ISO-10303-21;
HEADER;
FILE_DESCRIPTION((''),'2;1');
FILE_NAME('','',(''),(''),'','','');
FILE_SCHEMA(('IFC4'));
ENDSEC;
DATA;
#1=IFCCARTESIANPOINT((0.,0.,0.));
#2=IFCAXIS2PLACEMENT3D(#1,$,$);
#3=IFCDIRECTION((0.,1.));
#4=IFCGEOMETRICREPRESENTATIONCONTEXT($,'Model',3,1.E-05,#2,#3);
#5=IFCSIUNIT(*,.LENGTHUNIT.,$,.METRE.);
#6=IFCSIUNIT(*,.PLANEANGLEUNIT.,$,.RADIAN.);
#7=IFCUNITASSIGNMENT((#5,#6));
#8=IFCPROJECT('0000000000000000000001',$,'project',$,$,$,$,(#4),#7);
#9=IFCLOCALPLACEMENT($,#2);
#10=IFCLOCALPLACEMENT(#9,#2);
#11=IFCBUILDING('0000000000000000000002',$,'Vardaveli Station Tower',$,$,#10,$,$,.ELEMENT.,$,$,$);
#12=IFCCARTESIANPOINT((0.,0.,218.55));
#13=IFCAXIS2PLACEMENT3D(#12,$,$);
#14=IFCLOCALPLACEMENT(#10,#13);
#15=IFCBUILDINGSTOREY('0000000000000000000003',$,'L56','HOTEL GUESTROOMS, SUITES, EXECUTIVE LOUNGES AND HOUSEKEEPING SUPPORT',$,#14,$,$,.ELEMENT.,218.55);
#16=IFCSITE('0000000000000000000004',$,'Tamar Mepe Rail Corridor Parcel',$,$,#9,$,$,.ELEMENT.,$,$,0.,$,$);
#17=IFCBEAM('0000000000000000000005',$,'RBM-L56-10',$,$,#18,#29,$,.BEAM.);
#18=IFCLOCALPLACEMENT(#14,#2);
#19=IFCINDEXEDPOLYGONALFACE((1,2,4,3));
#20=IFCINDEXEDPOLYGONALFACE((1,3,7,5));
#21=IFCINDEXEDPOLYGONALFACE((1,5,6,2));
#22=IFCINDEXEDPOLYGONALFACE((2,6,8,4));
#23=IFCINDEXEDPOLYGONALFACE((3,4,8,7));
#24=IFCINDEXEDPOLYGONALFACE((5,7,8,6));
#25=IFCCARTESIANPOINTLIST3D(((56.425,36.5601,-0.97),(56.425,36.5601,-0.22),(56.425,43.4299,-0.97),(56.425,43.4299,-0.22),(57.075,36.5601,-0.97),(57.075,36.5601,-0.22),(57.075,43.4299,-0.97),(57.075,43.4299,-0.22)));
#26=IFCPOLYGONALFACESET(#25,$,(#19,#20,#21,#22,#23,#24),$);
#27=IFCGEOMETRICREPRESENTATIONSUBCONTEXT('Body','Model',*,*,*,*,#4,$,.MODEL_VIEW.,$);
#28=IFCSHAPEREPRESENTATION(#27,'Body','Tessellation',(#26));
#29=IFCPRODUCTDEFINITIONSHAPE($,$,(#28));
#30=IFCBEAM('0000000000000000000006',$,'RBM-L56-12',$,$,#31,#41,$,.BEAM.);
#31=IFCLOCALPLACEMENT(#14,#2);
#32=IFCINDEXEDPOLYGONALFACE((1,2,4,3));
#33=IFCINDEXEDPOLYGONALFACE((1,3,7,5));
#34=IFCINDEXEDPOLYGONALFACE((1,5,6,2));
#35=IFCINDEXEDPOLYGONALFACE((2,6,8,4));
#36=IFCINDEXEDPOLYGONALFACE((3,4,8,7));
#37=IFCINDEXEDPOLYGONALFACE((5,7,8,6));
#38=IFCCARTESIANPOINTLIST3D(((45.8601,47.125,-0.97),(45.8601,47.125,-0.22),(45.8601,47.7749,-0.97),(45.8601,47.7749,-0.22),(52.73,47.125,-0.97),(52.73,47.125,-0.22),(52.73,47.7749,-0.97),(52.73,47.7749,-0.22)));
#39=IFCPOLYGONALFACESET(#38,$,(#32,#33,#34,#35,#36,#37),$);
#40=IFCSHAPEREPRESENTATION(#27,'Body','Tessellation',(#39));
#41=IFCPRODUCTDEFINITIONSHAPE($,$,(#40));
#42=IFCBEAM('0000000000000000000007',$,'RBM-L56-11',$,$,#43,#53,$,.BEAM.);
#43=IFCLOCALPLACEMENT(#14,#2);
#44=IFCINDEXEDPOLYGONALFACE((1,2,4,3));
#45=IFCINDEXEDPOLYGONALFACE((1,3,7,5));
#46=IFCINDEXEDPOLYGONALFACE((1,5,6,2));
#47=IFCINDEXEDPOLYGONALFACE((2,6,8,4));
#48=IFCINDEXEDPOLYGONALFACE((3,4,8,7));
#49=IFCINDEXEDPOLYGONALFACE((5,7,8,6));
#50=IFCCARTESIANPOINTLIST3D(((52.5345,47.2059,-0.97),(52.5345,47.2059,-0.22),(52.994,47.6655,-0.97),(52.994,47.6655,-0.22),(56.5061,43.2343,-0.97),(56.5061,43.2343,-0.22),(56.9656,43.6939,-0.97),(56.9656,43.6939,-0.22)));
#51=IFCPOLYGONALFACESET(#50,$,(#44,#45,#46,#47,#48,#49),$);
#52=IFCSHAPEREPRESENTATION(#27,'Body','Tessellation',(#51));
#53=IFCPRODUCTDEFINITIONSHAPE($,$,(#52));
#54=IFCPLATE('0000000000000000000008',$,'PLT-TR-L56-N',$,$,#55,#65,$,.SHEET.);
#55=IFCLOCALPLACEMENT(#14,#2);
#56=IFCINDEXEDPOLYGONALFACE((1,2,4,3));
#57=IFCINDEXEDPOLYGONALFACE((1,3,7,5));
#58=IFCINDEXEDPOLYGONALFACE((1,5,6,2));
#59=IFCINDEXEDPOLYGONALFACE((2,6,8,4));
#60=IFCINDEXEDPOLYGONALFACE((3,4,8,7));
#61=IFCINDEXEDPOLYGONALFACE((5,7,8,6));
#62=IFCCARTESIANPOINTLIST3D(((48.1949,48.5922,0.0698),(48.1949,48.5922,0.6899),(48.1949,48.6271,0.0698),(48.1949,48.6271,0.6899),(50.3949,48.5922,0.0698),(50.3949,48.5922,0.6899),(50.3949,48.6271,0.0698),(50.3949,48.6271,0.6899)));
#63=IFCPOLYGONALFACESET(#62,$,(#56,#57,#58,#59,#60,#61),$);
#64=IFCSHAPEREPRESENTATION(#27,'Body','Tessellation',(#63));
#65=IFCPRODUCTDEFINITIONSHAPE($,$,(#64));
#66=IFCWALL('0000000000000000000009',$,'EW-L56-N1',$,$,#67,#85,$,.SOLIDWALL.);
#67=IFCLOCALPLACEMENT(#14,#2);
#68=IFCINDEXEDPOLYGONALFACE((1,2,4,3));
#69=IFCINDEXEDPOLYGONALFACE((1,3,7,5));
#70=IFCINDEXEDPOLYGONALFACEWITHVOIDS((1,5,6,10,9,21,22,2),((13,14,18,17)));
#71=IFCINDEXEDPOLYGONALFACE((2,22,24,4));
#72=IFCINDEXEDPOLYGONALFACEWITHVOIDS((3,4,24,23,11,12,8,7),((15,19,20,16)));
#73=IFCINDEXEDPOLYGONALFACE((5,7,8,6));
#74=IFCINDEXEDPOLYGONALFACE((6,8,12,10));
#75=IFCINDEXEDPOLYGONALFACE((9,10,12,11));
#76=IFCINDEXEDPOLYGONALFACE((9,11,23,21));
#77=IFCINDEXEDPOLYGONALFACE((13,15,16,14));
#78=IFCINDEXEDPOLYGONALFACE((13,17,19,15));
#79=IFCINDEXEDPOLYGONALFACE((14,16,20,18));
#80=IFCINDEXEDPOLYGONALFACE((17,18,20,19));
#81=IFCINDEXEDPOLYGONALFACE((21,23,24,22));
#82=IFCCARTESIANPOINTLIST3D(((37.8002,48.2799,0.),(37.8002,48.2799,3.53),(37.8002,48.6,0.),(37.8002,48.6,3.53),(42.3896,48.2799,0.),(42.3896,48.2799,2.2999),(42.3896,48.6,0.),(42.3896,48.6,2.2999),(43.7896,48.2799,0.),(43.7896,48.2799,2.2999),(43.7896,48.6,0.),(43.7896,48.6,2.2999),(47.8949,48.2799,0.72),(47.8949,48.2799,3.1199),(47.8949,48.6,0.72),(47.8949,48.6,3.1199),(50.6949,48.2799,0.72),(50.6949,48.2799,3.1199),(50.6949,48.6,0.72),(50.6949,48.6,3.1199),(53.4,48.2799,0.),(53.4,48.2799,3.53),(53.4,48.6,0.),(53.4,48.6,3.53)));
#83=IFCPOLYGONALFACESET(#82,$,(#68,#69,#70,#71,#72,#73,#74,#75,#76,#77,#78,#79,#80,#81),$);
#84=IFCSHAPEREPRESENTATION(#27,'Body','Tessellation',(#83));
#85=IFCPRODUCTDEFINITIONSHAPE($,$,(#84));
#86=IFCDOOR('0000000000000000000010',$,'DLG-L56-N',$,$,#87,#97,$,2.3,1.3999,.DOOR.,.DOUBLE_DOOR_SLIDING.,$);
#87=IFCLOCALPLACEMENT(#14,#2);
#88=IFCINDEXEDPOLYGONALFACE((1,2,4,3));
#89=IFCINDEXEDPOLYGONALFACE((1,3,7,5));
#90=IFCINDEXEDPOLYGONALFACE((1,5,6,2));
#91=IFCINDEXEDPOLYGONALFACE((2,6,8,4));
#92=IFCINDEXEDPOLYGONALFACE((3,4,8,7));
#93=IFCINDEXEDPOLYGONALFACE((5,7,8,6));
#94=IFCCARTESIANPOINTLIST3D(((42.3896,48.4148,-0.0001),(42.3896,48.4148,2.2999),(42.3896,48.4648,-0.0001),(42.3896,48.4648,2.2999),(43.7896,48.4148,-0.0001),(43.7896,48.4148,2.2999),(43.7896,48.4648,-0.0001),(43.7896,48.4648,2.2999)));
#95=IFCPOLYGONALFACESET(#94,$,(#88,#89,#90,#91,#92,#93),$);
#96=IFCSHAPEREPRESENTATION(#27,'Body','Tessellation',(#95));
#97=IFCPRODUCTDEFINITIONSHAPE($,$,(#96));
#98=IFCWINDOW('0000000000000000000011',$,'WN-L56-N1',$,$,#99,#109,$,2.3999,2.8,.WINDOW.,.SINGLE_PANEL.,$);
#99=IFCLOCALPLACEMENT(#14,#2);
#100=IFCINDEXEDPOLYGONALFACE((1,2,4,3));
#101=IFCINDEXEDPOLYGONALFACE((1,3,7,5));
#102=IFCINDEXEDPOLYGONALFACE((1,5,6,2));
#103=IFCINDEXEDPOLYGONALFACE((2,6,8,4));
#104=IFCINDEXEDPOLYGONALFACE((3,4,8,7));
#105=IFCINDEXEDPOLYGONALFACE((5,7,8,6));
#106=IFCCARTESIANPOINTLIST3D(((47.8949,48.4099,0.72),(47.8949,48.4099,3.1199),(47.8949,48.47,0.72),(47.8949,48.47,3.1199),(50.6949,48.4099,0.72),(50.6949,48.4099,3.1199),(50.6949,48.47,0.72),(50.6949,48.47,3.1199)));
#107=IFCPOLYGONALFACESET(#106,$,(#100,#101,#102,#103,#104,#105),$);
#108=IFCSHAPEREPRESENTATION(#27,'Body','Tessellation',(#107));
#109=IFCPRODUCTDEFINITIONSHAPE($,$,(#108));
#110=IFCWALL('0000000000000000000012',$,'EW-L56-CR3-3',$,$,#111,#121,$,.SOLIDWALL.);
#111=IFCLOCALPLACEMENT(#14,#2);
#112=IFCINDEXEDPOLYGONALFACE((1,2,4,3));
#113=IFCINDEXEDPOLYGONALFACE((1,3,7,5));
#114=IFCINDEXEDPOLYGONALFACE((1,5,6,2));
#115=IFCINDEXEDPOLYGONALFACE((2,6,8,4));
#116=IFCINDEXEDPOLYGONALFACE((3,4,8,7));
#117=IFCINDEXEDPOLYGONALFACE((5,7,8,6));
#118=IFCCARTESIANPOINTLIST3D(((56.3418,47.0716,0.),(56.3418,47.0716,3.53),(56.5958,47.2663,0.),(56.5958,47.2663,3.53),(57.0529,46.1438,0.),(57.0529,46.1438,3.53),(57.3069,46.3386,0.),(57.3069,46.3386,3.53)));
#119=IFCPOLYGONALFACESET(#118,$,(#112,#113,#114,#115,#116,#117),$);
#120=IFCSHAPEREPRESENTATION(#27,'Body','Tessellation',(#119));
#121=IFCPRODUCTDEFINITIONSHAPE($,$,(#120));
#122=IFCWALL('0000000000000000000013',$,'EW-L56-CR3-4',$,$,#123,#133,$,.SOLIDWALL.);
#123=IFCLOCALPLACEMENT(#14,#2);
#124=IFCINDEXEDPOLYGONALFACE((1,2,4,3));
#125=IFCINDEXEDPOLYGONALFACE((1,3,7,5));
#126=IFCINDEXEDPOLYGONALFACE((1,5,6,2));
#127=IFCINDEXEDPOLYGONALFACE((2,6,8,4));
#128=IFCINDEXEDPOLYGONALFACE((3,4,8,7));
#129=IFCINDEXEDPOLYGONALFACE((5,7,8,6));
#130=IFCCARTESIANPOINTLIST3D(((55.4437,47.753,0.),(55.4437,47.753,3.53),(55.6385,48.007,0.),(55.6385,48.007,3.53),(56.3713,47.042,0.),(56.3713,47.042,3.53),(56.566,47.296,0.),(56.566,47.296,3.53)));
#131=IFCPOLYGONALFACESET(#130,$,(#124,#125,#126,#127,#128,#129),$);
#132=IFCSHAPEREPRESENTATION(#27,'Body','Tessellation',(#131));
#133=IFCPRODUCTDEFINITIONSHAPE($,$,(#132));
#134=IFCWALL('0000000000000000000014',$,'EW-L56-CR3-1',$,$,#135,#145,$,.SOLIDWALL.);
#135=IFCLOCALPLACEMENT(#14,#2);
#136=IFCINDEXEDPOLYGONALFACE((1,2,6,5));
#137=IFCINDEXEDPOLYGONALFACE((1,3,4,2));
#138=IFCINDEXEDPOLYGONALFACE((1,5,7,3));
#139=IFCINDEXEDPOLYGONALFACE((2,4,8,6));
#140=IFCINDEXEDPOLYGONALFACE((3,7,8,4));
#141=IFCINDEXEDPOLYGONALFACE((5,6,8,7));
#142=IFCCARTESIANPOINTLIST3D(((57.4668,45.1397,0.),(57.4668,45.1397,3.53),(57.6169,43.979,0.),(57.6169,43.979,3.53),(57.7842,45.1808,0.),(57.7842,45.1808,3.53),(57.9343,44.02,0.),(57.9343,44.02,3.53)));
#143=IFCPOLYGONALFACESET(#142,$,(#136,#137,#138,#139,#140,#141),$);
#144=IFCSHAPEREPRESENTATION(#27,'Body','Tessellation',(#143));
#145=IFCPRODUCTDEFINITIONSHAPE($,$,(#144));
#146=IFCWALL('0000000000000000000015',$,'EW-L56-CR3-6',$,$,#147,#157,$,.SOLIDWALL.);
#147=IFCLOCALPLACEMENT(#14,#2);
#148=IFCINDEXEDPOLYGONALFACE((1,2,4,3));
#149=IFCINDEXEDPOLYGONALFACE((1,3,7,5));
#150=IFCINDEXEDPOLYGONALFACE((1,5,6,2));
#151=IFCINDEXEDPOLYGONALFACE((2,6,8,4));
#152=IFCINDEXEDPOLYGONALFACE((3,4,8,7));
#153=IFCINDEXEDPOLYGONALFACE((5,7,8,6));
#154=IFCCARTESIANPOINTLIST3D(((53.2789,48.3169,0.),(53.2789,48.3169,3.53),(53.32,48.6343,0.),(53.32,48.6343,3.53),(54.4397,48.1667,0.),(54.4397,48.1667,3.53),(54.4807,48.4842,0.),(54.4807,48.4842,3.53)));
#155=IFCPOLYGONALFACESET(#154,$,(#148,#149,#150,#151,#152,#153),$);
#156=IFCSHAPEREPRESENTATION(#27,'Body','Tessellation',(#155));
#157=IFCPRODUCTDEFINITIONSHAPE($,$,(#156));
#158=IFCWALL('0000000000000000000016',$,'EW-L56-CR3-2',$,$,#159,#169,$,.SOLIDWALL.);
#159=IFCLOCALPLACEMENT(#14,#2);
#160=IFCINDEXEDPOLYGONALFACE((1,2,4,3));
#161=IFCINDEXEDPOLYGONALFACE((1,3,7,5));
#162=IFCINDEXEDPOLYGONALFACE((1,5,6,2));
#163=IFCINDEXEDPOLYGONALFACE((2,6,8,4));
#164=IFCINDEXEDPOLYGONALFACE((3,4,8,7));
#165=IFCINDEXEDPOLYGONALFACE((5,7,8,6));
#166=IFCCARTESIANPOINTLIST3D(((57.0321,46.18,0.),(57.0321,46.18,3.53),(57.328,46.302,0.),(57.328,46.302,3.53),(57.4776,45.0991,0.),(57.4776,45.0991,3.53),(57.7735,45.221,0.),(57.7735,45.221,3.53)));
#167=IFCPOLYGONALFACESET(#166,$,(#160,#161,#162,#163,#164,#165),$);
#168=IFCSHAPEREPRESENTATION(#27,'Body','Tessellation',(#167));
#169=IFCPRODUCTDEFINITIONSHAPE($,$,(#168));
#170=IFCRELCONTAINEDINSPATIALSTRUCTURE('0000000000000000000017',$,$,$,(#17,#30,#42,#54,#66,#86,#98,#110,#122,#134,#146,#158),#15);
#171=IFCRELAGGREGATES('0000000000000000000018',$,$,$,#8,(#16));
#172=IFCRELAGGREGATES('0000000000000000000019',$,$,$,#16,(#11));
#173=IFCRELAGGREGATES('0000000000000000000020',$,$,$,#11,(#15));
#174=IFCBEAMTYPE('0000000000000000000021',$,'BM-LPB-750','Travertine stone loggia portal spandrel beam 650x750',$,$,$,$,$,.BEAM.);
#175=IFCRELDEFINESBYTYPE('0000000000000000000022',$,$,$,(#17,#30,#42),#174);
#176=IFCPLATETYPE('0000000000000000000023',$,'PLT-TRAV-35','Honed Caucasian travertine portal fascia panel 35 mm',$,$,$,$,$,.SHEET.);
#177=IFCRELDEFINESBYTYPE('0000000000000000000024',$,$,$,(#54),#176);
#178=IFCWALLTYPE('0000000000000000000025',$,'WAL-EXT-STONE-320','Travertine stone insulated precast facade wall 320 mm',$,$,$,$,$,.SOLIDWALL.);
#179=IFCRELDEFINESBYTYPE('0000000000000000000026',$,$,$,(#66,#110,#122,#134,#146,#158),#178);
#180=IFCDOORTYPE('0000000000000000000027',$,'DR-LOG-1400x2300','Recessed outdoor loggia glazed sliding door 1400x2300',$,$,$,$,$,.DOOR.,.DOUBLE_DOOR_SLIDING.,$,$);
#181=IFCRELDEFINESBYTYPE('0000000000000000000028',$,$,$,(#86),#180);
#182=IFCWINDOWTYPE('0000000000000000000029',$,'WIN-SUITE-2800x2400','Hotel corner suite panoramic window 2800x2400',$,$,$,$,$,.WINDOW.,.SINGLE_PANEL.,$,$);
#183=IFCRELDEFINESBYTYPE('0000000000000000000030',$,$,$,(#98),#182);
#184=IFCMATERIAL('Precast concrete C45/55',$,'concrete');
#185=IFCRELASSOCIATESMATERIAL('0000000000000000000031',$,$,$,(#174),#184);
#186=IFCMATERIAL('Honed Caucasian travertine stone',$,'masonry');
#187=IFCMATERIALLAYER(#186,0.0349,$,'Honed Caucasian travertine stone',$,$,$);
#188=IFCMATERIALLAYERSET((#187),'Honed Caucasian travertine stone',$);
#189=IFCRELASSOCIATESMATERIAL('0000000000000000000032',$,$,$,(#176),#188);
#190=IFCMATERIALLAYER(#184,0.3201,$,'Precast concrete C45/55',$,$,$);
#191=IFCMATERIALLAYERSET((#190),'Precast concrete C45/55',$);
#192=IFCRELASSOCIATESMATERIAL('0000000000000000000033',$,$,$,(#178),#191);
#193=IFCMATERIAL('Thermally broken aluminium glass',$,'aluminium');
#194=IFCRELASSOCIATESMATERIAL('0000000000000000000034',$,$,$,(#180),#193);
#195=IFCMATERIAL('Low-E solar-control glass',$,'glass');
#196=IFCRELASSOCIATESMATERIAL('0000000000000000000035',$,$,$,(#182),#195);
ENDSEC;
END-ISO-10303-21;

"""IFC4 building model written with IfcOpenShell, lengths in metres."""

from ifc_helpers import new_model, si_unit, direction, frame, frame_2d, origin, origin_2d, place, context, subcontext, project, spatial, rectangle, extrude, source, transform, mapped, material, layer, layer_set, material_profile, profile_set, type_object, element, fill, save


model = new_model("IFC4")

# Units and contexts
model_context = context("Model", 3, precision=1e-05, world=origin(), true_north=direction((0.0, 1.0)))
body_context = subcontext(model_context, "Body", "Model", "MODEL_VIEW")
ifc_project = project(units=[si_unit("LENGTHUNIT", "METRE"), si_unit("PLANEANGLEUNIT", "RADIAN")], contexts=[model_context])

# Site, building, storey
site_placement = place(None, origin())
site = spatial("IfcSite", under=ifc_project, at=site_placement, Name="Tamar Mepe Rail Corridor Parcel", CompositionType="ELEMENT", RefElevation=0.0)
building_placement = place(site_placement, origin())
building = spatial("IfcBuilding", under=site, at=building_placement, Name="Vardaveli Station Tower", CompositionType="ELEMENT")
storey_placement = place(building_placement, frame((0.0, 0.0, 218.55)))
storey = spatial("IfcBuildingStorey", under=building, at=storey_placement, Name="L56", Description="HOTEL GUESTROOMS, SUITES, EXECUTIVE LOUNGES AND HOUSEKEEPING SUPPORT", CompositionType="ELEMENT", Elevation=218.55)

# Beams
ifc_material_1 = material(Name="Precast concrete C45/55", Category="concrete")
ifc_material_profile_1 = material_profile(ifc_material_1, rectangle(XDim=0.6499, YDim=0.75, at=origin_2d()), Name="LPB 650x750")
ifc_profile_set_1 = profile_set([ifc_material_profile_1], Name="Precast concrete C45/55")
beam_type = type_object("IfcBeamType", Name="BM-LPB-750", Description="Travertine stone loggia portal spandrel beam 650x750", PredefinedType="BEAM", material=ifc_profile_set_1)
shared_shape_1 = source(origin(), body_context, "Body", "SweptSolid", [
    extrude(rectangle(XDim=0.6499, YDim=0.75, at=origin_2d()), origin(), (0.0, 0.0, 1.0), 6.8699),
])
for number, where, z_axis, x_axis, name in (
    (1, (56.75, 36.5601, -0.595), (0.0, 1.0, 0.0), (-1.0, 0.0, 0.0), "RBM-L56-10"),
    (2, (52.73, 47.45, -0.595), (-1.0, 0.0, 0.0), (0.0, -1.0, 0.0), "RBM-L56-12"),
):
    element("IfcBeam", number, at=place(storey_placement, frame(where, z_axis=z_axis, x_axis=x_axis)), inside=storey, type_object=beam_type, Name=name, PredefinedType="BEAM", context=body_context, shape_type="MappedRepresentation", body=[
        mapped(shared_shape_1, transform((0.0, 0.0, 0.0), scale=1.0)),
    ])
shared_shape_2 = source(origin(), body_context, "Body", "SweptSolid", [
    extrude(rectangle(XDim=0.6499, YDim=0.75, at=origin_2d()), origin(), (0.0, 0.0, 1.0), 5.6167),
])
beam_1_placement = place(storey_placement, frame((56.7358, 43.4641, -0.595), z_axis=(-0.707107, 0.707107, 0.0), x_axis=(-0.707107, -0.707107, 0.0)))
element("IfcBeam", 3, at=beam_1_placement, inside=storey, type_object=beam_type, Name="RBM-L56-11", PredefinedType="BEAM", context=body_context, shape_type="MappedRepresentation", body=[
    mapped(shared_shape_2, transform((0.0, 0.0, 0.0), scale=1.0)),
])

# Plate
ifc_material_2 = material(Name="Honed Caucasian travertine stone", Category="masonry")
ifc_layer_1 = layer(ifc_material_2, 0.0349, Name="Honed Caucasian travertine stone")
ifc_layer_set_1 = layer_set([ifc_layer_1], Name="Honed Caucasian travertine stone")
plate_type = type_object("IfcPlateType", Name="PLT-TRAV-35", Description="Honed Caucasian travertine portal fascia panel 35 mm", PredefinedType="SHEET", material=ifc_layer_set_1)
shared_shape_3 = source(origin(), body_context, "Body", "SweptSolid", [
    extrude(rectangle(XDim=2.2, YDim=0.0349, at=origin_2d()), origin(), (0.0, 0.0, 1.0), 0.6201),
])
plate_placement = place(storey_placement, frame((49.2949, 48.6096, 0.0698), z_axis=(0.0, 0.0, 1.0), x_axis=(1.0, 0.0, 0.0)))
element("IfcPlate", 4, at=plate_placement, inside=storey, type_object=plate_type, Name="PLT-TR-L56-N", PredefinedType="SHEET", context=body_context, shape_type="MappedRepresentation", body=[
    mapped(shared_shape_3, transform((0.0, 0.0, 0.0), scale=1.0)),
])

# Wall, openings, door, window
ifc_layer_2 = layer(ifc_material_1, 0.3201, Name="Precast concrete C45/55")
ifc_layer_set_2 = layer_set([ifc_layer_2], Name="Precast concrete C45/55")
wall_type_1 = type_object("IfcWallType", Name="WAL-EXT-STONE-320", Description="Travertine stone insulated precast facade wall 320 mm", PredefinedType="SOLIDWALL", material=ifc_layer_set_2)
shared_shape_4 = source(origin(), body_context, "Body", "SweptSolid", [
    extrude(rectangle(XDim=15.5999, YDim=0.3201, at=frame_2d((7.7998, 0.0))), origin(), (0.0, 0.0, 1.0), 3.53),
])
wall_1_placement = place(storey_placement, frame((53.3999, 48.4399, 0.0), z_axis=(0.0, 0.0, 1.0), x_axis=(-1.0, 0.0, 0.0)))
wall_1 = element("IfcWall", 5, at=wall_1_placement, inside=storey, type_object=wall_type_1, Name="EW-L56-N1", PredefinedType="SOLIDWALL", context=body_context, shape_type="MappedRepresentation", body=[
    mapped(shared_shape_4, transform((0.0, 0.0, 0.0), scale=1.0)),
])
shared_shape_5 = source(origin(), body_context, "Body", "SweptSolid", [
    extrude(rectangle(XDim=1.3999, YDim=2.3, at=frame_2d((0.7, 1.1499))), frame((0.0, 0.1699, 0.0), z_axis=(0.0, -1.0, 0.0), x_axis=(1.0, 0.0, 0.0)), (0.0, 0.0, 1.0), 0.3401),
])
opening_1_placement = place(wall_1_placement, frame((9.6104, 0.0, 0.0)))
opening_1 = element("IfcOpeningElement", 6, at=opening_1_placement, cuts=wall_1, PredefinedType="OPENING", context=body_context, shape_type="MappedRepresentation", body=[
    mapped(shared_shape_5, transform((0.0, 0.0, 0.0), scale=1.0)),
])
shared_shape_6 = source(origin(), body_context, "Body", "SweptSolid", [
    extrude(rectangle(XDim=2.8, YDim=2.3999, at=frame_2d((1.3999, 1.2))), frame((0.0, 0.1699, 0.0), z_axis=(0.0, -1.0, 0.0), x_axis=(1.0, 0.0, 0.0)), (0.0, 0.0, 1.0), 0.3401),
])
opening_2_placement = place(wall_1_placement, frame((2.7051, 0.0, 0.72)))
opening_2 = element("IfcOpeningElement", 7, at=opening_2_placement, cuts=wall_1, PredefinedType="OPENING", context=body_context, shape_type="MappedRepresentation", body=[
    mapped(shared_shape_6, transform((0.0, 0.0, 0.0), scale=1.0)),
])
ifc_material_3 = material(Name="Thermally broken aluminium glass", Category="aluminium")
door_type = type_object("IfcDoorType", Name="DR-LOG-1400x2300", Description="Recessed outdoor loggia glazed sliding door 1400x2300", OperationType="DOUBLE_DOOR_SLIDING", PredefinedType="DOOR", material=ifc_material_3)
shared_shape_7 = source(origin(), body_context, "Body", "SweptSolid", [
    extrude(rectangle(XDim=1.3999, YDim=2.3, at=frame_2d((0.7, 1.1499))), frame((0.0, 0.0249, 0.0), z_axis=(0.0, -1.0, 0.0), x_axis=(1.0, 0.0, 0.0)), (0.0, 0.0, 1.0), 0.05),
])
door_placement = place(opening_1_placement, frame((1.3999, 0.0, 0.0), z_axis=(0.0, 0.0, 1.0), x_axis=(-1.0, 0.0, 0.0)))
door = element("IfcDoor", 8, at=door_placement, inside=storey, type_object=door_type, Name="DLG-L56-N", OperationType="DOUBLE_DOOR_SLIDING", OverallHeight=2.3, OverallWidth=1.3999, PredefinedType="DOOR", context=body_context, shape_type="MappedRepresentation", body=[
    mapped(shared_shape_7, transform((0.0, 0.0, 0.0), scale=1.0)),
])
fill(opening_1, door)
ifc_material_4 = material(Name="Low-E solar-control glass", Category="glass")
window_type = type_object("IfcWindowType", Name="WIN-SUITE-2800x2400", Description="Hotel corner suite panoramic window 2800x2400", PartitioningType="SINGLE_PANEL", PredefinedType="WINDOW", material=ifc_material_4)
shared_shape_8 = source(origin(), body_context, "Body", "SweptSolid", [
    extrude(rectangle(XDim=2.8, YDim=2.3999, at=frame_2d((1.3999, 1.2))), frame((0.0, 0.03, 0.0), z_axis=(0.0, -1.0, 0.0), x_axis=(1.0, 0.0, 0.0)), (0.0, 0.0, 1.0), 0.0601),
])
window_placement = place(opening_2_placement, origin())
window = element("IfcWindow", 9, at=window_placement, inside=storey, type_object=window_type, Name="WN-L56-N1", OverallHeight=2.3999, OverallWidth=2.8, PartitioningType="SINGLE_PANEL", PredefinedType="WINDOW", context=body_context, shape_type="MappedRepresentation", body=[
    mapped(shared_shape_8, transform((0.0, 0.0, 0.0), scale=1.0)),
])
fill(opening_2, window)

# Walls
shared_shape_9 = source(origin(), body_context, "Body", "SweptSolid", [
    extrude(rectangle(XDim=1.1689, YDim=0.3201, at=frame_2d((0.5845, 0.0))), origin(), (0.0, 0.0, 1.0), 3.53),
])
wall_2_placement = place(storey_placement, frame((57.1799, 46.2412, 0.0), z_axis=(0.0, 0.0, 1.0), x_axis=(-0.608388, 0.79364, 0.0)))
element("IfcWall", 10, at=wall_2_placement, inside=storey, type_object=wall_type_1, Name="EW-L56-CR3-3", PredefinedType="SOLIDWALL", context=body_context, shape_type="MappedRepresentation", body=[
    mapped(shared_shape_9, transform((0.0, 0.0, 0.0), scale=1.0)),
])
shared_shape_10 = source(origin(), body_context, "Body", "SweptSolid", [
    extrude(rectangle(XDim=1.1687, YDim=0.3201, at=frame_2d((0.5845, 0.0))), origin(), (0.0, 0.0, 1.0), 3.53),
])
wall_3_placement = place(storey_placement, frame((56.4688, 47.1689, 0.0), z_axis=(0.0, 0.0, 1.0), x_axis=(-0.793664, 0.608357, 0.0)))
element("IfcWall", 11, at=wall_3_placement, inside=storey, type_object=wall_type_1, Name="EW-L56-CR3-4", PredefinedType="SOLIDWALL", context=body_context, shape_type="MappedRepresentation", body=[
    mapped(shared_shape_10, transform((0.0, 0.0, 0.0), scale=1.0)),
])
shared_shape_11 = source(origin(), body_context, "Body", "SweptSolid", [
    extrude(rectangle(XDim=1.1704, YDim=0.3201, at=frame_2d((0.5852, 0.0))), origin(), (0.0, 0.0, 1.0), 3.53),
])
for number, where, z_axis, x_axis, name in (
    (12, (57.7756, 43.9995, 0.0), (0.0, 0.0, 1.0), (-0.128296, 0.991736, 0.0), "EW-L56-CR3-1"),
    (13, (54.4602, 48.3254, 0.0), (0.0, 0.0, 1.0), (-0.991736, 0.128296, 0.0), "EW-L56-CR3-6"),
):
    element("IfcWall", number, at=place(storey_placement, frame(where, z_axis=z_axis, x_axis=x_axis)), inside=storey, type_object=wall_type_1, Name=name, PredefinedType="SOLIDWALL", context=body_context, shape_type="MappedRepresentation", body=[
        mapped(shared_shape_11, transform((0.0, 0.0, 0.0), scale=1.0)),
    ])
shared_shape_12 = source(origin(), body_context, "Body", "SweptSolid", [
    extrude(rectangle(XDim=1.1692, YDim=0.3201, at=frame_2d((0.5845, 0.0))), origin(), (0.0, 0.0, 1.0), 3.53),
])
for number, where, z_axis, x_axis, name in (
    (14, (57.6255, 45.1602, 0.0), (0.0, 0.0, 1.0), (-0.381054, 0.924553, 0.0), "EW-L56-CR3-2"),
):
    element("IfcWall", number, at=place(storey_placement, frame(where, z_axis=z_axis, x_axis=x_axis)), inside=storey, type_object=wall_type_1, Name=name, PredefinedType="SOLIDWALL", context=body_context, shape_type="MappedRepresentation", body=[
        mapped(shared_shape_12, transform((0.0, 0.0, 0.0), scale=1.0)),
    ])

save(model, "model.ifc")
